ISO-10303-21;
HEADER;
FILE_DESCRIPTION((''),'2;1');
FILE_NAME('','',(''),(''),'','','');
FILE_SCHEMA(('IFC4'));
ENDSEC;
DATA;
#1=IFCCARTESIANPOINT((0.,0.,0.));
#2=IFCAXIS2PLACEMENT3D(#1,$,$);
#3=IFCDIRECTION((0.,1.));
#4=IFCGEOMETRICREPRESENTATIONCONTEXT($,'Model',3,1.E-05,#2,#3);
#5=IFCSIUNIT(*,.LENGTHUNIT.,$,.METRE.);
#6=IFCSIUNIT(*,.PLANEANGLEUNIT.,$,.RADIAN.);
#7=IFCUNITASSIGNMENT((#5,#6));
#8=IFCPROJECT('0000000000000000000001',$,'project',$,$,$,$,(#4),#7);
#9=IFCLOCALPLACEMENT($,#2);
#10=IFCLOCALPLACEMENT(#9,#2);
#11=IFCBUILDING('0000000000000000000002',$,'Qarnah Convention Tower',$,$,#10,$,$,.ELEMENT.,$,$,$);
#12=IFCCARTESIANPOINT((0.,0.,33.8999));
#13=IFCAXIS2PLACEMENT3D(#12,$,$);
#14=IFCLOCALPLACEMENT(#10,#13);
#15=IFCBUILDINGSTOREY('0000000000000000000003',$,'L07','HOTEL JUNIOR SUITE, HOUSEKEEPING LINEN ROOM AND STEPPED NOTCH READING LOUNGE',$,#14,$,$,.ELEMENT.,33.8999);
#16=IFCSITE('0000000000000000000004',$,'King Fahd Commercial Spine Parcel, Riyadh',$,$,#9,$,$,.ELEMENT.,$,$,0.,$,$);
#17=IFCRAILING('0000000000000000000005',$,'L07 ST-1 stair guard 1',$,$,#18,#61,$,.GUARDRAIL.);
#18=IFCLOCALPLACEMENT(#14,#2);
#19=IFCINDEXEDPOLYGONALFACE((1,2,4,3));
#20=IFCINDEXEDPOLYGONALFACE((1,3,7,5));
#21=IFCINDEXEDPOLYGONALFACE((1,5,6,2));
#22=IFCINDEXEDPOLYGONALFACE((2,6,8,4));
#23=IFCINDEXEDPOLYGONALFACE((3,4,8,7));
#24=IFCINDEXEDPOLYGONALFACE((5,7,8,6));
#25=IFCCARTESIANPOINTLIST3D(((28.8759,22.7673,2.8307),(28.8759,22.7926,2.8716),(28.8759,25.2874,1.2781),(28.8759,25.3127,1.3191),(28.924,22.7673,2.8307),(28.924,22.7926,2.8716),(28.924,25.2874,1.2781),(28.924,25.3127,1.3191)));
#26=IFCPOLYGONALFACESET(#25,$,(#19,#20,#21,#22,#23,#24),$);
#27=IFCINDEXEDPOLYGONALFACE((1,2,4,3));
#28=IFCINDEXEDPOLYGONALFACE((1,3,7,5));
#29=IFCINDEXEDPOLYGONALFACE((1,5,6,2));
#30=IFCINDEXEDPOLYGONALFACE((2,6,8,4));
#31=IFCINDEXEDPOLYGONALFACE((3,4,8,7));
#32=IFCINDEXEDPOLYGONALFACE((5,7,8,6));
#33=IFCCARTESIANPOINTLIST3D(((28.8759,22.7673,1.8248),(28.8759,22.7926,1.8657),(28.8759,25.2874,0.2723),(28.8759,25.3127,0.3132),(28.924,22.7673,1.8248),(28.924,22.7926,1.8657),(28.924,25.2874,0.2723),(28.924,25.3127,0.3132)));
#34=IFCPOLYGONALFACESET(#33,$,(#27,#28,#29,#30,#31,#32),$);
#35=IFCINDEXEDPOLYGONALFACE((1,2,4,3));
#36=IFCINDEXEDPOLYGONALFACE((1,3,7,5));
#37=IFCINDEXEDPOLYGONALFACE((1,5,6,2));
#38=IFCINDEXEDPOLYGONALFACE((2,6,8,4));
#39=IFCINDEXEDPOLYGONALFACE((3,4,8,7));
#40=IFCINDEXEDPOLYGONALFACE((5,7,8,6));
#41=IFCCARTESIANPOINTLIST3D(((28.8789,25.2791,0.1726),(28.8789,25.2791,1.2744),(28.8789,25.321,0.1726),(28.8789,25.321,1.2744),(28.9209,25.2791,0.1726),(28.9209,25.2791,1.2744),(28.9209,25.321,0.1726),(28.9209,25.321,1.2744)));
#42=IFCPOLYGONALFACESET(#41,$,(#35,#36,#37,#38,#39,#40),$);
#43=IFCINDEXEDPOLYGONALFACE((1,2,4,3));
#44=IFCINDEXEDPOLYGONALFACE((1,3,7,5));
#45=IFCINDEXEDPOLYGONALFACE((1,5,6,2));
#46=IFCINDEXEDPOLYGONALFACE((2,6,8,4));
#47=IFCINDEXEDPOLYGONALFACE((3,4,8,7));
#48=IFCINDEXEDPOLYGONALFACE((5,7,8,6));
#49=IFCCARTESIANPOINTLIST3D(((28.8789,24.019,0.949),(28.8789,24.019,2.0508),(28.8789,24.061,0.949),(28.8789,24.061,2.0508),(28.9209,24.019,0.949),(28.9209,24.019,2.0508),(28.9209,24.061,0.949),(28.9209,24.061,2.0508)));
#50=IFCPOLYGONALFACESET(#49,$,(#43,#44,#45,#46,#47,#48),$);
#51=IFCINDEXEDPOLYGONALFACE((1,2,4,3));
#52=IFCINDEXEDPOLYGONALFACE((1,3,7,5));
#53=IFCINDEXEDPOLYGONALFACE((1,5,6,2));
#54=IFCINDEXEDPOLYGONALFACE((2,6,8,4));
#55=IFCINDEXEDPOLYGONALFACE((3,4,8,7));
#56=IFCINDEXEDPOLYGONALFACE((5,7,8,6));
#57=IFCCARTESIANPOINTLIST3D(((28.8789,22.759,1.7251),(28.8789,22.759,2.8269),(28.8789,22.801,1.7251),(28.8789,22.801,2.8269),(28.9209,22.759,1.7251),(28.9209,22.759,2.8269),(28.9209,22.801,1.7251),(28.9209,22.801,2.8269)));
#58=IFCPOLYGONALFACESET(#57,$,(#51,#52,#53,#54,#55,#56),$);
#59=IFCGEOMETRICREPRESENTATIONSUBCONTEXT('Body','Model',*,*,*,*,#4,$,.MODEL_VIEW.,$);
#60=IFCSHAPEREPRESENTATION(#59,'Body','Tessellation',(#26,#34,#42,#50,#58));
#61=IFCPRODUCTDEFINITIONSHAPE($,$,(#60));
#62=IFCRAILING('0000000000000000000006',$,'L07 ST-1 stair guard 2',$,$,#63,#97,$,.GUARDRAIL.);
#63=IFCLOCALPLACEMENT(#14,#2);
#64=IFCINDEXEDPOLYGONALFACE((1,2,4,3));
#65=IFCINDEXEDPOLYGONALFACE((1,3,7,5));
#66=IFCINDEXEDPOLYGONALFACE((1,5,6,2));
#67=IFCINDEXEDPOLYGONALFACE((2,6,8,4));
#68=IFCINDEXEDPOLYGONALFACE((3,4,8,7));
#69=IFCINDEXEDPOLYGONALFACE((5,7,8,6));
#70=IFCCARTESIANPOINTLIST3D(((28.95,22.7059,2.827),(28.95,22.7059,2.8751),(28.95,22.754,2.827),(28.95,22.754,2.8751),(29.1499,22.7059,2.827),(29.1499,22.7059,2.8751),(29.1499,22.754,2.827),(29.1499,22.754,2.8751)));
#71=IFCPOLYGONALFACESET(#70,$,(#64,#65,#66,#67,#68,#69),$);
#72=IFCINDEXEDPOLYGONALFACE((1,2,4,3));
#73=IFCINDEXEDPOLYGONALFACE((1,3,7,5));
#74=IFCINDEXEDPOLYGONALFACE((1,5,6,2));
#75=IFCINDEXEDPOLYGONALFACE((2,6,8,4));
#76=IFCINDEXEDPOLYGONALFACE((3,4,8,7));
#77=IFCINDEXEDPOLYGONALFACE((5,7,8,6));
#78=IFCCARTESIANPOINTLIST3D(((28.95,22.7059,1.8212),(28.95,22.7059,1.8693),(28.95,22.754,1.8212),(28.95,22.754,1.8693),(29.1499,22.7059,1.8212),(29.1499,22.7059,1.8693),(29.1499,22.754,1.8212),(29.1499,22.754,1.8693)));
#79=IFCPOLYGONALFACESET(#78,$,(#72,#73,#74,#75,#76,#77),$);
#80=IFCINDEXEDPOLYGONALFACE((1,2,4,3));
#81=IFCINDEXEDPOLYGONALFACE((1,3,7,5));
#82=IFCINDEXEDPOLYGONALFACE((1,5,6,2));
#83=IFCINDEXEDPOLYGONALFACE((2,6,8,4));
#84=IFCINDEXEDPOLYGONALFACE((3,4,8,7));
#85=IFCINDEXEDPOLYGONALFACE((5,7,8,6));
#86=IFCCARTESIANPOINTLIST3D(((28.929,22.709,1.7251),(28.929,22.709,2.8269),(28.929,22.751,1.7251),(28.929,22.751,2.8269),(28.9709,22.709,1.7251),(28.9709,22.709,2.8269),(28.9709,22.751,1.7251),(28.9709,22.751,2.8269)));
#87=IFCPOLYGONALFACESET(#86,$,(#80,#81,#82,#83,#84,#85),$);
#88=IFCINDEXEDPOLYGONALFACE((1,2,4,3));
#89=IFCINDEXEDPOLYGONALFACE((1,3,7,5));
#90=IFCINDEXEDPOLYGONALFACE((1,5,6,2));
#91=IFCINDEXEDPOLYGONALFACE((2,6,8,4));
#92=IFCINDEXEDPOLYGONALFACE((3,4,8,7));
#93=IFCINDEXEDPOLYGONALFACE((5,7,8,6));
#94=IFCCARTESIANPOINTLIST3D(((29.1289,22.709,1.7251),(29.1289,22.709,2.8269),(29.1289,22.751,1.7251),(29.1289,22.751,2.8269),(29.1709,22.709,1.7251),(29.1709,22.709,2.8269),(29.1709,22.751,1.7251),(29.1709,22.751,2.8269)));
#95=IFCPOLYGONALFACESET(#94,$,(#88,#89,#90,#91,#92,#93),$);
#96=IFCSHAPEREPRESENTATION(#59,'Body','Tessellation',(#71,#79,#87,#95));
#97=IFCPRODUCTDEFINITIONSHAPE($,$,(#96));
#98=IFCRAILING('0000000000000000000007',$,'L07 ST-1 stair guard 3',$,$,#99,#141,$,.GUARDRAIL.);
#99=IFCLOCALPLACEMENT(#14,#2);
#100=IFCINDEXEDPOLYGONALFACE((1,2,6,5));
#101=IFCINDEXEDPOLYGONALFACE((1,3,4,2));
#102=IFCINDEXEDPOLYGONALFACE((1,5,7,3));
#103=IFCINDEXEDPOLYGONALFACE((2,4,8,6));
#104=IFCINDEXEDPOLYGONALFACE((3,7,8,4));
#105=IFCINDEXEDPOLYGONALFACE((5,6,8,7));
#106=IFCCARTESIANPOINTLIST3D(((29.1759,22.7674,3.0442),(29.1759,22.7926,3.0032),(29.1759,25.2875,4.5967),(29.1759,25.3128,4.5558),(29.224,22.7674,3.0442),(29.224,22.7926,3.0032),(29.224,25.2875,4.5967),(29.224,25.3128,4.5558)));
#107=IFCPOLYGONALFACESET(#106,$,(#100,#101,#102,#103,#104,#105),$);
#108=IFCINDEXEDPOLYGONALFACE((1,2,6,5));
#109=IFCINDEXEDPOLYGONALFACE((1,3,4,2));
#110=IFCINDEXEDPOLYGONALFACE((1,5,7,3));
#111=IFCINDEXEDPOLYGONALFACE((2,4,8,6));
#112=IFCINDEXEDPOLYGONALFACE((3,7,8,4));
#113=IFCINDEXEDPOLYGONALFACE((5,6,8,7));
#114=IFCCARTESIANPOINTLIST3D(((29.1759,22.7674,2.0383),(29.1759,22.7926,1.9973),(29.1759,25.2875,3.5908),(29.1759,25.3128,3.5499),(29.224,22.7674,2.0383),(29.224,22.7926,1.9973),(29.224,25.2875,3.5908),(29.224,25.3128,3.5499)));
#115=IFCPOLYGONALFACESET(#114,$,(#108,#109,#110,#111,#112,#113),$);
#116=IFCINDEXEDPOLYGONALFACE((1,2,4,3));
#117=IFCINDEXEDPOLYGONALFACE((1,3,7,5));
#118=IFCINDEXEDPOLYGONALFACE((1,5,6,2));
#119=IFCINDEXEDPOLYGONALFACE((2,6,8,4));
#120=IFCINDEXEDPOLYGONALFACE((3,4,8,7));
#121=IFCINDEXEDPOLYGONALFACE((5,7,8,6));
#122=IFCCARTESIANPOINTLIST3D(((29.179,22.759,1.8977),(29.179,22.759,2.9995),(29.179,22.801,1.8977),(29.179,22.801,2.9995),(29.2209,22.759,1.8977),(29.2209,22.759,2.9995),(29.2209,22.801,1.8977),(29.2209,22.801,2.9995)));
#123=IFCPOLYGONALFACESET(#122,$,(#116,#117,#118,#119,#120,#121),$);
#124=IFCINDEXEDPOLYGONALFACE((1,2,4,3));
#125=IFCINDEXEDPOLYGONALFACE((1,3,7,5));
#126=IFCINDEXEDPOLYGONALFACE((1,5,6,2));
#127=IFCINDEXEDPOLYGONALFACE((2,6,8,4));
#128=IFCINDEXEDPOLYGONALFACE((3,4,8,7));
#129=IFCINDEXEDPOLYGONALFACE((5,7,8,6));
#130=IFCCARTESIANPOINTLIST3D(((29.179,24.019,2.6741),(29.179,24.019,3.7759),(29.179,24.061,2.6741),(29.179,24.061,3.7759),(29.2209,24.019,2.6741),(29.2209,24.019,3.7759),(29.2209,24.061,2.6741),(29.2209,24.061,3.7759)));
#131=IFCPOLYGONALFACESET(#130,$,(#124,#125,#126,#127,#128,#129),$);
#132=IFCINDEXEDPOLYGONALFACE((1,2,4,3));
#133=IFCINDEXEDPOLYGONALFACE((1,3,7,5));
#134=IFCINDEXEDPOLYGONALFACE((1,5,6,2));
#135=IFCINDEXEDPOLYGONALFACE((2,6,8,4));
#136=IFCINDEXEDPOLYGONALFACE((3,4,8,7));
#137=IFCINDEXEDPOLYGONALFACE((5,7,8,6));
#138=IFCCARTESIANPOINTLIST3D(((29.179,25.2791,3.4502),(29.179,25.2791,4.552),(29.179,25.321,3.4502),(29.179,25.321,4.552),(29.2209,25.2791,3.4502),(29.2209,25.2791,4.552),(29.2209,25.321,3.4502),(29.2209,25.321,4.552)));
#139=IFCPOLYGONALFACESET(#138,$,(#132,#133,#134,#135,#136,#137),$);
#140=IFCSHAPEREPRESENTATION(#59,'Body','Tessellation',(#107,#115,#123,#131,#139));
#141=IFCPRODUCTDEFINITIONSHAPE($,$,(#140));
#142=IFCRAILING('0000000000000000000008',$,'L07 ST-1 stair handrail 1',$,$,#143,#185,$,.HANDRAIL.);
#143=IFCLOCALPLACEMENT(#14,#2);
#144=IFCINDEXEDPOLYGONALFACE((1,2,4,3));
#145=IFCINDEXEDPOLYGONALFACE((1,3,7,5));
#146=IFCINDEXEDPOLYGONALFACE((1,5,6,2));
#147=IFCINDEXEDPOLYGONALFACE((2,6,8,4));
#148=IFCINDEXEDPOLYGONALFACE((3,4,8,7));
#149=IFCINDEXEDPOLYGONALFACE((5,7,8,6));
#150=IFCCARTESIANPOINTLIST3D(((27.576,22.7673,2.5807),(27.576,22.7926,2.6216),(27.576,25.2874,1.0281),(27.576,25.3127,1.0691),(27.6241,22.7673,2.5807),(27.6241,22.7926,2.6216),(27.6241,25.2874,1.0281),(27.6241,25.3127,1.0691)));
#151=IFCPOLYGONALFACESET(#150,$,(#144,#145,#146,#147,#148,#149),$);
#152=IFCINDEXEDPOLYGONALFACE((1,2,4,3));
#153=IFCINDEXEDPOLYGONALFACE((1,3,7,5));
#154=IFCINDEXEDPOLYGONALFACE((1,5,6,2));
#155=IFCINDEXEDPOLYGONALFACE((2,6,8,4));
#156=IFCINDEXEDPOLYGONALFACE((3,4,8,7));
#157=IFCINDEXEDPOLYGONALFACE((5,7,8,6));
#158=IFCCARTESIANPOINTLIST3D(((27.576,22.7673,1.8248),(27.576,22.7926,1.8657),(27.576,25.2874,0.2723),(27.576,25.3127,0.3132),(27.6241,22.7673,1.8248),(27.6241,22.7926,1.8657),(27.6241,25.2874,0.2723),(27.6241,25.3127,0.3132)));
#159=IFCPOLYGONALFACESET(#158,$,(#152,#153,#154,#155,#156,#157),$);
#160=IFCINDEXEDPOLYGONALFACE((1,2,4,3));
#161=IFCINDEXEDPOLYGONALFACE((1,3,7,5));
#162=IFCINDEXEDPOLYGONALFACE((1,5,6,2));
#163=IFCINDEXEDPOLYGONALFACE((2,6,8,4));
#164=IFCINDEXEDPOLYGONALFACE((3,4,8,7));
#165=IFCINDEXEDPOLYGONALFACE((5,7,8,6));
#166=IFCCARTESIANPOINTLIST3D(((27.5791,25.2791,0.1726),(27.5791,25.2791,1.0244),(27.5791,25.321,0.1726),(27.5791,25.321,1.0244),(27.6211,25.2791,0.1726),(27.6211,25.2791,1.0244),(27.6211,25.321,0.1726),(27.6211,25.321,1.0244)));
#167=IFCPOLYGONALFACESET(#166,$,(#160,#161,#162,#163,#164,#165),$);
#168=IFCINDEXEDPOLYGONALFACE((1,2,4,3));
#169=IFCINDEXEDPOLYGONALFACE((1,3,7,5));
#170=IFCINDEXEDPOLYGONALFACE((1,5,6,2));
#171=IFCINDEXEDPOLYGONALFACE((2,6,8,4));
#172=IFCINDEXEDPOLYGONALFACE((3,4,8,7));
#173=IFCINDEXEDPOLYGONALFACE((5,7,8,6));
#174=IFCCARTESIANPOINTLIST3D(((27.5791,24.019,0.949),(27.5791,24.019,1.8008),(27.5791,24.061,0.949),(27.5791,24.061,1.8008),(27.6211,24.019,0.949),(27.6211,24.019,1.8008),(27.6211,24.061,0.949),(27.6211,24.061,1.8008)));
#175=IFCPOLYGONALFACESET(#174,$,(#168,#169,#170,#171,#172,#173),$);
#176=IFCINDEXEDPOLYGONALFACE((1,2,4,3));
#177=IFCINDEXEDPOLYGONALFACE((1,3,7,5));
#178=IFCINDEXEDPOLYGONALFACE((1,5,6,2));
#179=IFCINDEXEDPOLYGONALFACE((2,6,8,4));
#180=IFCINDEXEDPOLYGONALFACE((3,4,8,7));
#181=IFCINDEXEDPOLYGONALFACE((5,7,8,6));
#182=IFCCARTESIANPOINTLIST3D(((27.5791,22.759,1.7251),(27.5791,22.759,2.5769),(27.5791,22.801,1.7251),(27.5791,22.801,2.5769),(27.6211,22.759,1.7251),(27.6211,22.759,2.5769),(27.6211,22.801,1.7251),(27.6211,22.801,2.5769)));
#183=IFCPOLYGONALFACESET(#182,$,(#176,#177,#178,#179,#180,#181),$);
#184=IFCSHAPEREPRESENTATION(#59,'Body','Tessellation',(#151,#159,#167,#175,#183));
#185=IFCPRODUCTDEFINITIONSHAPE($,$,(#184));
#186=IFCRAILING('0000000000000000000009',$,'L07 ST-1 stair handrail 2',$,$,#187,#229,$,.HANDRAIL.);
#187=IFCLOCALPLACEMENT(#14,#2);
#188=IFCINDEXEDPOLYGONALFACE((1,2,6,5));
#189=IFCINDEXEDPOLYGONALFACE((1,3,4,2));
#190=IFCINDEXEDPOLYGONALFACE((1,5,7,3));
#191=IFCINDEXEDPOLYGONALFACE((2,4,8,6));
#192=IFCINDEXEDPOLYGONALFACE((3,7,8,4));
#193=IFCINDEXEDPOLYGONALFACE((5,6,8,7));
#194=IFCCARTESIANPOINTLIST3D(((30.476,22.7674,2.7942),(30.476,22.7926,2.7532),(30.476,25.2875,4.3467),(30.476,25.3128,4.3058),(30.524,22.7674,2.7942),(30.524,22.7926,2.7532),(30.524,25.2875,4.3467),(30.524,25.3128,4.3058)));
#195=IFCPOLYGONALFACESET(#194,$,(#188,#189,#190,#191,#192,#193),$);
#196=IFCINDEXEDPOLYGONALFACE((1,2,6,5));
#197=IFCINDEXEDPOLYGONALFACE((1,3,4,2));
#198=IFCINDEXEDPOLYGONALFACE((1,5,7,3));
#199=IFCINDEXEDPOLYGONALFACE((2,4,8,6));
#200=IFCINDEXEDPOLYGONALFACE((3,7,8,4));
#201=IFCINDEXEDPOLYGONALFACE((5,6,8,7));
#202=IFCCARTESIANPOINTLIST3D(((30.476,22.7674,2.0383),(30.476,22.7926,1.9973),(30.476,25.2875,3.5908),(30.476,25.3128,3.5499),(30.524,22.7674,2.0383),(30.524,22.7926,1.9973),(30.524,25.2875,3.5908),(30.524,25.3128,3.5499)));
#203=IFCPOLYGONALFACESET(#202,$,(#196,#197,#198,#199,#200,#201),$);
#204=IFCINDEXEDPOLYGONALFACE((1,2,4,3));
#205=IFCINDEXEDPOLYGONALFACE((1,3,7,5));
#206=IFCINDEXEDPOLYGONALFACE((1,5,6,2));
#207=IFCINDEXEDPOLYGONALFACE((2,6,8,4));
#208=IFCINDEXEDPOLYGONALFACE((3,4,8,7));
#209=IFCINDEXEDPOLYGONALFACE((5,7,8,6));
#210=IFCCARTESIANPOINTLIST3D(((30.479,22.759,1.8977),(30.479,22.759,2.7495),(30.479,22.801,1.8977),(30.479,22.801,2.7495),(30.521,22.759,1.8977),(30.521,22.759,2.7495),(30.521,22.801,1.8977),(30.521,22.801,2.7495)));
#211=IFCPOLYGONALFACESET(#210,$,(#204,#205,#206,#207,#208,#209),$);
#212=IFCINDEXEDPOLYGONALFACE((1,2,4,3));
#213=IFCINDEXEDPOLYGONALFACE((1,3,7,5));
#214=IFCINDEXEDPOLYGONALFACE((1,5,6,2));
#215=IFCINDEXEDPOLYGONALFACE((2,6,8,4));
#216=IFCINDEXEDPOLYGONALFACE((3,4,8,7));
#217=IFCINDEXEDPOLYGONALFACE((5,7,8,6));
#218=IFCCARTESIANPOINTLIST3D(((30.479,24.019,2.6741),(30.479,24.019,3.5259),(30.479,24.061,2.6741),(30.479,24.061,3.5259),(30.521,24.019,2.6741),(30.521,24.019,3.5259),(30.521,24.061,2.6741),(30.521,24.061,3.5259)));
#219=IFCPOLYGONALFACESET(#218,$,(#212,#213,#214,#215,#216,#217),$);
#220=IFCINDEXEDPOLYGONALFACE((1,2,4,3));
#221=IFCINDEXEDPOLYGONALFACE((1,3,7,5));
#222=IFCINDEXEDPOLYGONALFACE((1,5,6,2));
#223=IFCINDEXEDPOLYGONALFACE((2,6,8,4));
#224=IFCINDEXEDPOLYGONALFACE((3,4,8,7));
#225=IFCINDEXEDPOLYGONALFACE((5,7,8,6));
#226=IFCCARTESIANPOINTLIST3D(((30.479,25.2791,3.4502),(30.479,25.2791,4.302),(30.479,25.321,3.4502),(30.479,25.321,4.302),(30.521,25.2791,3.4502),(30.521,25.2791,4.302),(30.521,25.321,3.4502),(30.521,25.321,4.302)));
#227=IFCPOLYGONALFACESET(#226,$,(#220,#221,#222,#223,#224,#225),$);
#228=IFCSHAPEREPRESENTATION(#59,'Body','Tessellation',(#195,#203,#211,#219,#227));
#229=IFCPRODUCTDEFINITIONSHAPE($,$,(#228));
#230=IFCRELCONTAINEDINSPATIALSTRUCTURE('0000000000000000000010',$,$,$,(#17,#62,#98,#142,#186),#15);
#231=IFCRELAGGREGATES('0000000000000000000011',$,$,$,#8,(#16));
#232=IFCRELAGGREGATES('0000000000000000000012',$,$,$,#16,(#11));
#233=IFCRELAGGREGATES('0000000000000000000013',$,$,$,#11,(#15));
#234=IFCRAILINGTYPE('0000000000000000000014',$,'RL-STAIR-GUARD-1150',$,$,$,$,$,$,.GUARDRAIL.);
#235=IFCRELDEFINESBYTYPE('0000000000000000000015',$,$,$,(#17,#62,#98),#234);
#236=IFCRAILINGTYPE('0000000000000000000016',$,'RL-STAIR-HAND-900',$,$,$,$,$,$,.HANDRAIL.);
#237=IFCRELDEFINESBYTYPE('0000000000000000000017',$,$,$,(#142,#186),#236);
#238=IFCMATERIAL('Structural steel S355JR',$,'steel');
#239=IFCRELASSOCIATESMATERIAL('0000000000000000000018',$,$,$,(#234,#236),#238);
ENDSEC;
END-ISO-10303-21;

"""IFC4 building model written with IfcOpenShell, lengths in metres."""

from ifc_helpers import new_model, si_unit, direction, frame, origin, origin_2d, place, context, subcontext, project, spatial, rectangle, extrude, material, type_object, element, save


model = new_model("IFC4")

# Units and contexts
model_context = context("Model", 3, precision=1e-05, world=origin(), true_north=direction((0.0, 1.0)))
body_context = subcontext(model_context, "Body", "Model", "MODEL_VIEW")
ifc_project = project(units=[si_unit("LENGTHUNIT", "METRE"), si_unit("PLANEANGLEUNIT", "RADIAN")], contexts=[model_context])

# Site, building, storey
site_placement = place(None, origin())
site = spatial("IfcSite", under=ifc_project, at=site_placement, Name="King Fahd Commercial Spine Parcel, Riyadh", CompositionType="ELEMENT", RefElevation=0.0)
building_placement = place(site_placement, origin())
building = spatial("IfcBuilding", under=site, at=building_placement, Name="Qarnah Convention Tower", CompositionType="ELEMENT")
storey_placement = place(building_placement, frame((0.0, 0.0, 33.8999)))
storey = spatial("IfcBuildingStorey", under=building, at=storey_placement, Name="L07", Description="HOTEL JUNIOR SUITE, HOUSEKEEPING LINEN ROOM AND STEPPED NOTCH READING LOUNGE", CompositionType="ELEMENT", Elevation=33.8999)

# Shared definitions
ifc_material_1 = material(Name="Structural steel S355JR", Category="steel")

# Railings
railing_type_1 = type_object("IfcRailingType", Name="RL-STAIR-GUARD-1150", PredefinedType="GUARDRAIL", material=ifc_material_1)
railing_1_placement = place(storey_placement, frame((28.8999, 25.3, 0.1726)))
element("IfcRailing", 1, at=railing_1_placement, inside=storey, type_object=railing_type_1, Name="L07 ST-1 stair guard 1", PredefinedType="GUARDRAIL", context=body_context, shape_type="SweptSolid", body=[
    extrude(rectangle(XDim=0.0481, YDim=0.0481, at=origin_2d()), frame((0.0, 0.0, 1.126), z_axis=(0.0, -0.8514, 0.524516), x_axis=(1.0, 0.0, 0.0)), (0.0, 0.0, 1.0), 2.96),
    extrude(rectangle(XDim=0.0481, YDim=0.0481, at=origin_2d()), frame((0.0, 0.0, 0.1201), z_axis=(0.0, -0.8514, 0.524516), x_axis=(1.0, 0.0, 0.0)), (0.0, 0.0, 1.0), 2.96),
    extrude(rectangle(XDim=0.042, YDim=0.042, at=origin_2d()), origin(), (0.0, 0.0, 1.0), 1.1018),
    extrude(rectangle(XDim=0.042, YDim=0.042, at=origin_2d()), frame((0.0, -1.26, 0.7764)), (0.0, 0.0, 1.0), 1.1018),
    extrude(rectangle(XDim=0.042, YDim=0.042, at=origin_2d()), frame((0.0, -2.52, 1.5525)), (0.0, 0.0, 1.0), 1.1018),
])
railing_2_placement = place(storey_placement, frame((28.95, 22.73, 1.7251)))
element("IfcRailing", 2, at=railing_2_placement, inside=storey, type_object=railing_type_1, Name="L07 ST-1 stair guard 2", PredefinedType="GUARDRAIL", context=body_context, shape_type="SweptSolid", body=[
    extrude(rectangle(XDim=0.0481, YDim=0.0481, at=origin_2d()), frame((0.0, 0.0, 1.126), z_axis=(1.0, 0.0, 0.0), x_axis=(0.0, 1.0, 0.0)), (0.0, 0.0, 1.0), 0.2),
    extrude(rectangle(XDim=0.0481, YDim=0.0481, at=origin_2d()), frame((0.0, 0.0, 0.1201), z_axis=(1.0, 0.0, 0.0), x_axis=(0.0, 1.0, 0.0)), (0.0, 0.0, 1.0), 0.2),
    extrude(rectangle(XDim=0.042, YDim=0.042, at=origin_2d()), origin(), (0.0, 0.0, 1.0), 1.1018),
    extrude(rectangle(XDim=0.042, YDim=0.042, at=origin_2d()), frame((0.2, 0.0, 0.0)), (0.0, 0.0, 1.0), 1.1018),
])
railing_3_placement = place(storey_placement, frame((29.2, 22.78, 1.8977)))
element("IfcRailing", 3, at=railing_3_placement, inside=storey, type_object=railing_type_1, Name="L07 ST-1 stair guard 3", PredefinedType="GUARDRAIL", context=body_context, shape_type="SweptSolid", body=[
    extrude(rectangle(XDim=0.0481, YDim=0.0481, at=origin_2d()), frame((0.0, 0.0, 1.126), z_axis=(0.0, 0.8514, 0.524516), x_axis=(-1.0, 0.0, 0.0)), (0.0, 0.0, 1.0), 2.96),
    extrude(rectangle(XDim=0.0481, YDim=0.0481, at=origin_2d()), frame((0.0, 0.0, 0.1201), z_axis=(0.0, 0.8514, 0.524516), x_axis=(-1.0, 0.0, 0.0)), (0.0, 0.0, 1.0), 2.96),
    extrude(rectangle(XDim=0.042, YDim=0.042, at=origin_2d()), origin(), (0.0, 0.0, 1.0), 1.1018),
    extrude(rectangle(XDim=0.042, YDim=0.042, at=origin_2d()), frame((0.0, 1.26, 0.7764)), (0.0, 0.0, 1.0), 1.1018),
    extrude(rectangle(XDim=0.042, YDim=0.042, at=origin_2d()), frame((0.0, 2.52, 1.5525)), (0.0, 0.0, 1.0), 1.1018),
])
railing_type_2 = type_object("IfcRailingType", Name="RL-STAIR-HAND-900", PredefinedType="HANDRAIL", material=ifc_material_1)
railing_4_placement = place(storey_placement, frame((27.6001, 25.3, 0.1726)))
element("IfcRailing", 4, at=railing_4_placement, inside=storey, type_object=railing_type_2, Name="L07 ST-1 stair handrail 1", PredefinedType="HANDRAIL", context=body_context, shape_type="SweptSolid", body=[
    extrude(rectangle(XDim=0.0481, YDim=0.0481, at=origin_2d()), frame((0.0, 0.0, 0.876), z_axis=(0.0, -0.8514, 0.524516), x_axis=(1.0, 0.0, 0.0)), (0.0, 0.0, 1.0), 2.96),
    extrude(rectangle(XDim=0.0481, YDim=0.0481, at=origin_2d()), frame((0.0, 0.0, 0.1201), z_axis=(0.0, -0.8514, 0.524516), x_axis=(1.0, 0.0, 0.0)), (0.0, 0.0, 1.0), 2.96),
    extrude(rectangle(XDim=0.042, YDim=0.042, at=origin_2d()), origin(), (0.0, 0.0, 1.0), 0.8518),
    extrude(rectangle(XDim=0.042, YDim=0.042, at=origin_2d()), frame((0.0, -1.26, 0.7764)), (0.0, 0.0, 1.0), 0.8518),
    extrude(rectangle(XDim=0.042, YDim=0.042, at=origin_2d()), frame((0.0, -2.52, 1.5525)), (0.0, 0.0, 1.0), 0.8518),
])
railing_5_placement = place(storey_placement, frame((30.5, 22.78, 1.8977)))
element("IfcRailing", 5, at=railing_5_placement, inside=storey, type_object=railing_type_2, Name="L07 ST-1 stair handrail 2", PredefinedType="HANDRAIL", context=body_context, shape_type="SweptSolid", body=[
    extrude(rectangle(XDim=0.0481, YDim=0.0481, at=origin_2d()), frame((0.0, 0.0, 0.876), z_axis=(0.0, 0.8514, 0.524516), x_axis=(-1.0, 0.0, 0.0)), (0.0, 0.0, 1.0), 2.96),
    extrude(rectangle(XDim=0.0481, YDim=0.0481, at=origin_2d()), frame((0.0, 0.0, 0.1201), z_axis=(0.0, 0.8514, 0.524516), x_axis=(-1.0, 0.0, 0.0)), (0.0, 0.0, 1.0), 2.96),
    extrude(rectangle(XDim=0.042, YDim=0.042, at=origin_2d()), origin(), (0.0, 0.0, 1.0), 0.8518),
    extrude(rectangle(XDim=0.042, YDim=0.042, at=origin_2d()), frame((0.0, 1.26, 0.7764)), (0.0, 0.0, 1.0), 0.8518),
    extrude(rectangle(XDim=0.042, YDim=0.042, at=origin_2d()), frame((0.0, 2.52, 1.5525)), (0.0, 0.0, 1.0), 0.8518),
])

save(model, "model.ifc")
